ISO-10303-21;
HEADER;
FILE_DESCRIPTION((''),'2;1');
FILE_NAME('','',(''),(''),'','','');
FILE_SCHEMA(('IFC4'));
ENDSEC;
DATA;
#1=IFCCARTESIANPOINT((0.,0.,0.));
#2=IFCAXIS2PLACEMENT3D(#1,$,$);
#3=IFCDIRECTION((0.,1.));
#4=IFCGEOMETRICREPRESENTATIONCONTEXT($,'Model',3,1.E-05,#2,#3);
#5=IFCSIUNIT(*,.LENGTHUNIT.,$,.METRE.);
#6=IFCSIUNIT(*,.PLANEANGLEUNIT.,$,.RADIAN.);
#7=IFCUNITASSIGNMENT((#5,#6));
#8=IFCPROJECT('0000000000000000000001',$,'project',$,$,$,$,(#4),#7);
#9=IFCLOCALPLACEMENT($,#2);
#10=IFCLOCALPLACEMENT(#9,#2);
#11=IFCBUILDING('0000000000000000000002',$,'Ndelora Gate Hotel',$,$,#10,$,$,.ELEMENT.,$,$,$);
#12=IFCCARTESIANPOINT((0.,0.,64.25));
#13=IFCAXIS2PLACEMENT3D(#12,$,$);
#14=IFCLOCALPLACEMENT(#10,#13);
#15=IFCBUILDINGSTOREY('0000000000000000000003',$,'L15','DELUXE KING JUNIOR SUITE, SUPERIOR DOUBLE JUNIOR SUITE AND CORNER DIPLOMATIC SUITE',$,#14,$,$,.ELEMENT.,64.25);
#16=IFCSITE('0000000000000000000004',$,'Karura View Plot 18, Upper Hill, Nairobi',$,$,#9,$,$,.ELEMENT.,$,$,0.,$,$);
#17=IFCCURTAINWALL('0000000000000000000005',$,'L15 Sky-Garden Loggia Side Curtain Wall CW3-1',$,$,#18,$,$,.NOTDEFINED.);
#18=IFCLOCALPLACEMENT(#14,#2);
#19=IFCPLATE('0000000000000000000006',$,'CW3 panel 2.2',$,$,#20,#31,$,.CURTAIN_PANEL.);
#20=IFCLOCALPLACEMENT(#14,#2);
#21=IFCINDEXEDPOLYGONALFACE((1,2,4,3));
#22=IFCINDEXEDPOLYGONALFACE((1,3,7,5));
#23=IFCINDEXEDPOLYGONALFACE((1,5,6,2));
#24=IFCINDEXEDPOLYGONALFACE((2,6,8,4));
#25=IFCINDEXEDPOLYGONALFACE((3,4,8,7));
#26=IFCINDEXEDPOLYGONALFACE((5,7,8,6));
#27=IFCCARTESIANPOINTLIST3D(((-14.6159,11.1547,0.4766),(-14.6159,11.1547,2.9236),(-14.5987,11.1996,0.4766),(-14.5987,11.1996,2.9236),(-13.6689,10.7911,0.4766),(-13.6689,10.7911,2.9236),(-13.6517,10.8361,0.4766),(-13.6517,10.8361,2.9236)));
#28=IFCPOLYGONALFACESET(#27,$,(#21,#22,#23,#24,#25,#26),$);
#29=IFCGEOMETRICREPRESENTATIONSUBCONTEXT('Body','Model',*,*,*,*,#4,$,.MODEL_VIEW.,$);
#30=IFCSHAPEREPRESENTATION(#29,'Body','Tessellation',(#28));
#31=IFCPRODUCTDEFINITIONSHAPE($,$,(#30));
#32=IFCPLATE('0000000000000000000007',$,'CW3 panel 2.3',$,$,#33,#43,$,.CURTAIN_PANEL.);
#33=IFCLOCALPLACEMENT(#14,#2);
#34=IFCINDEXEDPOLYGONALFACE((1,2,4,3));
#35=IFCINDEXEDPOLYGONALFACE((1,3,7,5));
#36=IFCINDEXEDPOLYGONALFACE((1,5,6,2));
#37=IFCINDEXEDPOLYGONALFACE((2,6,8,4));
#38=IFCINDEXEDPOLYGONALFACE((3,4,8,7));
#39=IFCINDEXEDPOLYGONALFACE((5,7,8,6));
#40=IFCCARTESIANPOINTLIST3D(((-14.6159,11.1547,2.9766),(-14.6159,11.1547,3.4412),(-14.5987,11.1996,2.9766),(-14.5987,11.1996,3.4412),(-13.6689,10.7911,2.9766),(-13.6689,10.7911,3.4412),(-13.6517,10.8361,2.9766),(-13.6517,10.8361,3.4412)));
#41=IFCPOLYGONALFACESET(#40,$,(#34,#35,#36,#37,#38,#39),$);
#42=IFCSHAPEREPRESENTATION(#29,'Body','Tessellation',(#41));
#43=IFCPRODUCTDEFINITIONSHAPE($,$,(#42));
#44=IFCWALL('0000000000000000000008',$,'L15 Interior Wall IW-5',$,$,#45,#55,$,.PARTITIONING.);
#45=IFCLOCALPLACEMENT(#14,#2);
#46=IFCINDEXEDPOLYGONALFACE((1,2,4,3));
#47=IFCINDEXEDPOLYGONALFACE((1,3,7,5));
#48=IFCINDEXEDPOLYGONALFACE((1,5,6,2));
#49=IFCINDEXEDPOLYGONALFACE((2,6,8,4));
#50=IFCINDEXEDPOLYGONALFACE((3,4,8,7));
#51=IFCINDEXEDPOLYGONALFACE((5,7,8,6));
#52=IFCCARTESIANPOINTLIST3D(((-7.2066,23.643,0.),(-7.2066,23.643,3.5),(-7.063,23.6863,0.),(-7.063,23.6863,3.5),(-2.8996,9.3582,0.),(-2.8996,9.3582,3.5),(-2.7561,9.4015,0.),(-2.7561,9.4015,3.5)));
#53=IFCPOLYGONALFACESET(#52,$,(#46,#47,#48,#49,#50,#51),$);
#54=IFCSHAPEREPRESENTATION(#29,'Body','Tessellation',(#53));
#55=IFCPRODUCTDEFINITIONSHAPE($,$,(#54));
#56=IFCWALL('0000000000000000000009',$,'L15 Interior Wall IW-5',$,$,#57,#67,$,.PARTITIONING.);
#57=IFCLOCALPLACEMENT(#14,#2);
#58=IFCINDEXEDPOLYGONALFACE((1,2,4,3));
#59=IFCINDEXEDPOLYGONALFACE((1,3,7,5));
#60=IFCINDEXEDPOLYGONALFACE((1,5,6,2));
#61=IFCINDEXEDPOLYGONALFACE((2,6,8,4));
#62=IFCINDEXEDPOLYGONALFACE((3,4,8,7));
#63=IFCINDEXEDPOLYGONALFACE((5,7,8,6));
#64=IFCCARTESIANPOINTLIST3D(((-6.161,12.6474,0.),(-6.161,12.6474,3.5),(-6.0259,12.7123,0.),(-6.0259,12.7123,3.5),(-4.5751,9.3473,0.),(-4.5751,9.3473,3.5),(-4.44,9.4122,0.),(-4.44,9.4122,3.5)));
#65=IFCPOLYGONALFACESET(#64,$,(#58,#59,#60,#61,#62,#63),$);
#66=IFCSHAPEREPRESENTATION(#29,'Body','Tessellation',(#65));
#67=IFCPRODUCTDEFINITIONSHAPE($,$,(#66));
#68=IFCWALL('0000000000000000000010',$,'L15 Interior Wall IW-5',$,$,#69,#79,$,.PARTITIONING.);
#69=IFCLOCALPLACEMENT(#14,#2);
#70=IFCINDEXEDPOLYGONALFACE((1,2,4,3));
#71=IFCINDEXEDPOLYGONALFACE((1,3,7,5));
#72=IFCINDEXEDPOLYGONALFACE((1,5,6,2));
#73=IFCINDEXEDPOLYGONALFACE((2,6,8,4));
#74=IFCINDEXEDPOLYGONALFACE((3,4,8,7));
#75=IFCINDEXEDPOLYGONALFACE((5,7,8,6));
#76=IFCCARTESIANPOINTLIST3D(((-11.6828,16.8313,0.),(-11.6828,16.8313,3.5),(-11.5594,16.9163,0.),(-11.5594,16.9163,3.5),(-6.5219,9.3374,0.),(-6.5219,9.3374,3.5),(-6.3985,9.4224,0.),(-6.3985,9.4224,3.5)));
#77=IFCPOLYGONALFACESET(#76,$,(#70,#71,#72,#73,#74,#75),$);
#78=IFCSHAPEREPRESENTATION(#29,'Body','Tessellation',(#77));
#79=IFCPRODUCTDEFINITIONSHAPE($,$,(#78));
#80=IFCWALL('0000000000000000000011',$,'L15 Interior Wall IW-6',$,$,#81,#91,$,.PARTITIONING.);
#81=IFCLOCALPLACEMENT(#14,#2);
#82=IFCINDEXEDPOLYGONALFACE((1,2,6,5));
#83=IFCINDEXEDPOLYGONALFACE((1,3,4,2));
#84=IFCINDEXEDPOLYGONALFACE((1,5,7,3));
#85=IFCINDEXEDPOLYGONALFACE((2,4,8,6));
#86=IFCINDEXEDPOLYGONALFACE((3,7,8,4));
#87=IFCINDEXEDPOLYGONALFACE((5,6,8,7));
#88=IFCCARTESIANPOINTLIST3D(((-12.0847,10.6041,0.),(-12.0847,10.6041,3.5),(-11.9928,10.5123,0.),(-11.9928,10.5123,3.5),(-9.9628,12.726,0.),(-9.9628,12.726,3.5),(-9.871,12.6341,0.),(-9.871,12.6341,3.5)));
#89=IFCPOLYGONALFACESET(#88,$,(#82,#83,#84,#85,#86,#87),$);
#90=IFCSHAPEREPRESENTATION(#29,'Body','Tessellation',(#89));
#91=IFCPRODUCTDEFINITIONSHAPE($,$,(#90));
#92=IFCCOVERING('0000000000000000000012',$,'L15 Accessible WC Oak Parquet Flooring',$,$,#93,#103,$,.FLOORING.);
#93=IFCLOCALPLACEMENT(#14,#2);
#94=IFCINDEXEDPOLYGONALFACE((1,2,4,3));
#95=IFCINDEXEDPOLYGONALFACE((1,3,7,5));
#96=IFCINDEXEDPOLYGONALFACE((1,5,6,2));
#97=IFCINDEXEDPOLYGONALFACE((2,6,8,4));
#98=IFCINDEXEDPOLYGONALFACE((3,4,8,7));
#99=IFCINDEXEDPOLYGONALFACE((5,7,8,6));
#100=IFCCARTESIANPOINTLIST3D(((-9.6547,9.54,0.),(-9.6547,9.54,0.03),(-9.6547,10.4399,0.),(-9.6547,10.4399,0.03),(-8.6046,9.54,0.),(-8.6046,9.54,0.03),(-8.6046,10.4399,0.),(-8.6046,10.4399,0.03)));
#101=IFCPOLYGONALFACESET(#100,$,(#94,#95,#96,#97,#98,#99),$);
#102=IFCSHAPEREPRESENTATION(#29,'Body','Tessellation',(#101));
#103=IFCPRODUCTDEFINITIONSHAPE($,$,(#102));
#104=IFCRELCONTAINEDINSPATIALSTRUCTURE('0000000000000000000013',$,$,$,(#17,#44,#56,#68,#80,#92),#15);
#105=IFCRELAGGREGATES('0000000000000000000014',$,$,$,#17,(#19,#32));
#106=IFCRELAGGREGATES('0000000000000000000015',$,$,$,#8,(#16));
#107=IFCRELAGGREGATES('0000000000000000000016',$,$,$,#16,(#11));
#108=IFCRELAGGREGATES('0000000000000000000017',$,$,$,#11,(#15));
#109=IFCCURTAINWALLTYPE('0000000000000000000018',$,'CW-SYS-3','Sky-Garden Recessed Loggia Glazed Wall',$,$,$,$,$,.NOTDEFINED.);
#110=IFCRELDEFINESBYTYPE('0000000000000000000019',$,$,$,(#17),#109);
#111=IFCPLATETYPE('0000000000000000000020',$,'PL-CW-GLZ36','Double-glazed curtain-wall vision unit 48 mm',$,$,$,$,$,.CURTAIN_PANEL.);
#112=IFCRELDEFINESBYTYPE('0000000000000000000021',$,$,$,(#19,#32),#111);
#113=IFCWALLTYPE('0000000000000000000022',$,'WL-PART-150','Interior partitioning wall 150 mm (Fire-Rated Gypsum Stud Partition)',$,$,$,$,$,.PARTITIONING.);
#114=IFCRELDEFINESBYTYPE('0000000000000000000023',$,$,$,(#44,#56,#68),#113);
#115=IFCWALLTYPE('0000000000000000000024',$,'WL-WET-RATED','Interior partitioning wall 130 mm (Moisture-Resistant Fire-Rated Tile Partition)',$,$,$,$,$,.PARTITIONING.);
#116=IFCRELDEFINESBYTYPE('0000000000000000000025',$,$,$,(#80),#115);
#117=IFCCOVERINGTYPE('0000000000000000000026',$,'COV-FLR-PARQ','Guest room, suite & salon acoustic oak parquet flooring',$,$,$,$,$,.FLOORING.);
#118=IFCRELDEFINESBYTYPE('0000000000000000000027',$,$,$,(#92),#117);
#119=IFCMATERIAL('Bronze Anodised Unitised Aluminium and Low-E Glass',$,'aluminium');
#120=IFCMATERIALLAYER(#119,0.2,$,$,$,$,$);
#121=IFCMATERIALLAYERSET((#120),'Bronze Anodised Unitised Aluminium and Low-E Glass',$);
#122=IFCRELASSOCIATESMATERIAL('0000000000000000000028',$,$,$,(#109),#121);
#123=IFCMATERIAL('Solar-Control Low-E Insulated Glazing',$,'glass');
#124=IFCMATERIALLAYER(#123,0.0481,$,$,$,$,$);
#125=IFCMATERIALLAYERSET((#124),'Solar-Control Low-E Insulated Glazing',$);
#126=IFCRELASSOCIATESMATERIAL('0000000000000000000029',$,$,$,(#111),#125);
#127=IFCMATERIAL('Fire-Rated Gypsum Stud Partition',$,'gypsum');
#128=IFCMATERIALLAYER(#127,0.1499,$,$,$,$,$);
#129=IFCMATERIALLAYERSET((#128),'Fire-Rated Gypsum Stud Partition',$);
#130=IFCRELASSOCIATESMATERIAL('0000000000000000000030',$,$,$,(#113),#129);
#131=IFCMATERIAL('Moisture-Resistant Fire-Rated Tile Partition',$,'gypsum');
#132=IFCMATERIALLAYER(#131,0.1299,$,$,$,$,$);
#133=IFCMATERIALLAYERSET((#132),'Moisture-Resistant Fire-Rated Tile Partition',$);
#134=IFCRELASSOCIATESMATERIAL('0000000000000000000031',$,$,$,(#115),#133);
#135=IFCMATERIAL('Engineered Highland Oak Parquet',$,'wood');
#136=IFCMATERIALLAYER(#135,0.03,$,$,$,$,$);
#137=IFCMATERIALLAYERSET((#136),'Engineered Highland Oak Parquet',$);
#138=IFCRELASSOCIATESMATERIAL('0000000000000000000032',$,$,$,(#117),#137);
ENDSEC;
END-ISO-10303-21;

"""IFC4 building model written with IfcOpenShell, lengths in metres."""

from ifc_helpers import new_model, si_unit, direction, frame, frame_2d, origin, origin_2d, place, context, subcontext, project, spatial, rectangle, extrude, material, layer, layer_set, type_object, element, aggregate, save


model = new_model("IFC4")

# Units and contexts
model_context = context("Model", 3, precision=1e-05, world=origin(), true_north=direction((0.0, 1.0)))
body_context = subcontext(model_context, "Body", "Model", "MODEL_VIEW")
ifc_project = project(units=[si_unit("LENGTHUNIT", "METRE"), si_unit("PLANEANGLEUNIT", "RADIAN")], contexts=[model_context])

# Site, building, storey
site_placement = place(None, origin())
site = spatial("IfcSite", under=ifc_project, at=site_placement, Name="Karura View Plot 18, Upper Hill, Nairobi", CompositionType="ELEMENT", RefElevation=0.0)
building_placement = place(site_placement, origin())
building = spatial("IfcBuilding", under=site, at=building_placement, Name="Ndelora Gate Hotel", CompositionType="ELEMENT")
storey_placement = place(building_placement, frame((0.0, 0.0, 64.25)))
storey = spatial("IfcBuildingStorey", under=building, at=storey_placement, Name="L15", Description="DELUXE KING JUNIOR SUITE, SUPERIOR DOUBLE JUNIOR SUITE AND CORNER DIPLOMATIC SUITE", CompositionType="ELEMENT", Elevation=64.25)

# Curtain wall, plates
ifc_material_1 = material(Name="Bronze Anodised Unitised Aluminium and Low-E Glass", Category="aluminium")
ifc_layer_1 = layer(ifc_material_1, 0.2)
ifc_layer_set_1 = layer_set([ifc_layer_1], Name="Bronze Anodised Unitised Aluminium and Low-E Glass")
curtain_wall_type = type_object("IfcCurtainWallType", Name="CW-SYS-3", Description="Sky-Garden Recessed Loggia Glazed Wall", PredefinedType="NOTDEFINED", material=ifc_layer_set_1)
curtain_wall_placement = place(storey_placement, origin())
curtain_wall = element("IfcCurtainWall", 1, at=curtain_wall_placement, inside=storey, type_object=curtain_wall_type, Name="L15 Sky-Garden Loggia Side Curtain Wall CW3-1", PredefinedType="NOTDEFINED")
ifc_material_2 = material(Name="Solar-Control Low-E Insulated Glazing", Category="glass")
ifc_layer_2 = layer(ifc_material_2, 0.0481)
ifc_layer_set_2 = layer_set([ifc_layer_2], Name="Solar-Control Low-E Insulated Glazing")
plate_type = type_object("IfcPlateType", Name="PL-CW-GLZ36", Description="Double-glazed curtain-wall vision unit 48 mm", PredefinedType="CURTAIN_PANEL", material=ifc_layer_set_2)
plate_1_placement = place(storey_placement, frame((-14.1338, 10.9954, 0.4766), z_axis=(0.0, 0.0, 1.0), x_axis=(-0.933583, 0.358361, 0.0)))
plate_1 = element("IfcPlate", 2, at=plate_1_placement, type_object=plate_type, Name="CW3 panel 2.2", PredefinedType="CURTAIN_PANEL", context=body_context, shape_type="SweptSolid", body=[
    extrude(rectangle(XDim=1.0144, YDim=0.0481, at=origin_2d()), origin(), (0.0, 0.0, 1.0), 2.447),
])
plate_2_placement = place(storey_placement, frame((-14.1338, 10.9954, 2.9766), z_axis=(0.0, 0.0, 1.0), x_axis=(-0.933583, 0.358361, 0.0)))
plate_2 = element("IfcPlate", 3, at=plate_2_placement, type_object=plate_type, Name="CW3 panel 2.3", PredefinedType="CURTAIN_PANEL", context=body_context, shape_type="SweptSolid", body=[
    extrude(rectangle(XDim=1.0144, YDim=0.0481, at=origin_2d()), origin(), (0.0, 0.0, 1.0), 0.4646),
])
aggregate(curtain_wall, [plate_1, plate_2])

# Walls
ifc_material_3 = material(Name="Fire-Rated Gypsum Stud Partition", Category="gypsum")
ifc_layer_3 = layer(ifc_material_3, 0.1499)
ifc_layer_set_3 = layer_set([ifc_layer_3], Name="Fire-Rated Gypsum Stud Partition")
wall_type_1 = type_object("IfcWallType", Name="WL-PART-150", Description="Interior partitioning wall 150 mm (Fire-Rated Gypsum Stud Partition)", PredefinedType="PARTITIONING", material=ifc_layer_set_3)
wall_1_placement = place(storey_placement, frame((-2.8279, 9.3799, 0.0), z_axis=(0.0, 0.0, 1.0), x_axis=(-0.288669, 0.957429, 0.0)))
element("IfcWall", 4, at=wall_1_placement, inside=storey, type_object=wall_type_1, Name="L15 Interior Wall IW-5", PredefinedType="PARTITIONING", context=body_context, shape_type="SweptSolid", body=[
    extrude(rectangle(XDim=14.9199, YDim=0.1499, at=frame_2d((7.46, 0.0))), origin(), (0.0, 0.0, 1.0), 3.5),
])
wall_2_placement = place(storey_placement, frame((-4.5076, 9.3799, 0.0), z_axis=(0.0, 0.0, 1.0), x_axis=(-0.433156, 0.901319, 0.0)))
element("IfcWall", 5, at=wall_2_placement, inside=storey, type_object=wall_type_1, Name="L15 Interior Wall IW-5", PredefinedType="PARTITIONING", context=body_context, shape_type="SweptSolid", body=[
    extrude(rectangle(XDim=3.6614, YDim=0.1499, at=frame_2d((1.8306, 0.0))), origin(), (0.0, 0.0, 1.0), 3.5),
])
wall_3_placement = place(storey_placement, frame((-6.4602, 9.3799, 0.0), z_axis=(0.0, 0.0, 1.0), x_axis=(-0.567188, 0.823588, 0.0)))
element("IfcWall", 6, at=wall_3_placement, inside=storey, type_object=wall_type_1, Name="L15 Interior Wall IW-5", PredefinedType="PARTITIONING", context=body_context, shape_type="SweptSolid", body=[
    extrude(rectangle(XDim=9.0991, YDim=0.1499, at=frame_2d((4.5496, 0.0))), origin(), (0.0, 0.0, 1.0), 3.5),
])
ifc_material_4 = material(Name="Moisture-Resistant Fire-Rated Tile Partition", Category="gypsum")
ifc_layer_4 = layer(ifc_material_4, 0.1299)
ifc_layer_set_4 = layer_set([ifc_layer_4], Name="Moisture-Resistant Fire-Rated Tile Partition")
wall_type_2 = type_object("IfcWallType", Name="WL-WET-RATED", Description="Interior partitioning wall 130 mm (Moisture-Resistant Fire-Rated Tile Partition)", PredefinedType="PARTITIONING", material=ifc_layer_set_4)
wall_4_placement = place(storey_placement, frame((-12.0388, 10.5581, 0.0), z_axis=(0.0, 0.0, 1.0), x_axis=(0.707107, 0.707107, 0.0)))
element("IfcWall", 7, at=wall_4_placement, inside=storey, type_object=wall_type_2, Name="L15 Interior Wall IW-6", PredefinedType="PARTITIONING", context=body_context, shape_type="SweptSolid", body=[
    extrude(rectangle(XDim=3.0007, YDim=0.1299, at=frame_2d((1.5005, 0.0))), origin(), (0.0, 0.0, 1.0), 3.5),
])

# Covering
ifc_material_5 = material(Name="Engineered Highland Oak Parquet", Category="wood")
ifc_layer_5 = layer(ifc_material_5, 0.03)
ifc_layer_set_5 = layer_set([ifc_layer_5], Name="Engineered Highland Oak Parquet")
covering_type = type_object("IfcCoveringType", Name="COV-FLR-PARQ", Description="Guest room, suite & salon acoustic oak parquet flooring", PredefinedType="FLOORING", material=ifc_layer_set_5)
covering_placement = place(storey_placement, frame((-9.1296, 9.99, 0.0), z_axis=(0.0, 0.0, 1.0), x_axis=(1.0, 0.0, 0.0)))
element("IfcCovering", 8, at=covering_placement, inside=storey, type_object=covering_type, Name="L15 Accessible WC Oak Parquet Flooring", PredefinedType="FLOORING", context=body_context, shape_type="SweptSolid", body=[
    extrude(rectangle(XDim=1.05, YDim=0.8999, at=origin_2d()), origin(), (0.0, 0.0, 1.0), 0.03),
])

save(model, "model.ifc")
